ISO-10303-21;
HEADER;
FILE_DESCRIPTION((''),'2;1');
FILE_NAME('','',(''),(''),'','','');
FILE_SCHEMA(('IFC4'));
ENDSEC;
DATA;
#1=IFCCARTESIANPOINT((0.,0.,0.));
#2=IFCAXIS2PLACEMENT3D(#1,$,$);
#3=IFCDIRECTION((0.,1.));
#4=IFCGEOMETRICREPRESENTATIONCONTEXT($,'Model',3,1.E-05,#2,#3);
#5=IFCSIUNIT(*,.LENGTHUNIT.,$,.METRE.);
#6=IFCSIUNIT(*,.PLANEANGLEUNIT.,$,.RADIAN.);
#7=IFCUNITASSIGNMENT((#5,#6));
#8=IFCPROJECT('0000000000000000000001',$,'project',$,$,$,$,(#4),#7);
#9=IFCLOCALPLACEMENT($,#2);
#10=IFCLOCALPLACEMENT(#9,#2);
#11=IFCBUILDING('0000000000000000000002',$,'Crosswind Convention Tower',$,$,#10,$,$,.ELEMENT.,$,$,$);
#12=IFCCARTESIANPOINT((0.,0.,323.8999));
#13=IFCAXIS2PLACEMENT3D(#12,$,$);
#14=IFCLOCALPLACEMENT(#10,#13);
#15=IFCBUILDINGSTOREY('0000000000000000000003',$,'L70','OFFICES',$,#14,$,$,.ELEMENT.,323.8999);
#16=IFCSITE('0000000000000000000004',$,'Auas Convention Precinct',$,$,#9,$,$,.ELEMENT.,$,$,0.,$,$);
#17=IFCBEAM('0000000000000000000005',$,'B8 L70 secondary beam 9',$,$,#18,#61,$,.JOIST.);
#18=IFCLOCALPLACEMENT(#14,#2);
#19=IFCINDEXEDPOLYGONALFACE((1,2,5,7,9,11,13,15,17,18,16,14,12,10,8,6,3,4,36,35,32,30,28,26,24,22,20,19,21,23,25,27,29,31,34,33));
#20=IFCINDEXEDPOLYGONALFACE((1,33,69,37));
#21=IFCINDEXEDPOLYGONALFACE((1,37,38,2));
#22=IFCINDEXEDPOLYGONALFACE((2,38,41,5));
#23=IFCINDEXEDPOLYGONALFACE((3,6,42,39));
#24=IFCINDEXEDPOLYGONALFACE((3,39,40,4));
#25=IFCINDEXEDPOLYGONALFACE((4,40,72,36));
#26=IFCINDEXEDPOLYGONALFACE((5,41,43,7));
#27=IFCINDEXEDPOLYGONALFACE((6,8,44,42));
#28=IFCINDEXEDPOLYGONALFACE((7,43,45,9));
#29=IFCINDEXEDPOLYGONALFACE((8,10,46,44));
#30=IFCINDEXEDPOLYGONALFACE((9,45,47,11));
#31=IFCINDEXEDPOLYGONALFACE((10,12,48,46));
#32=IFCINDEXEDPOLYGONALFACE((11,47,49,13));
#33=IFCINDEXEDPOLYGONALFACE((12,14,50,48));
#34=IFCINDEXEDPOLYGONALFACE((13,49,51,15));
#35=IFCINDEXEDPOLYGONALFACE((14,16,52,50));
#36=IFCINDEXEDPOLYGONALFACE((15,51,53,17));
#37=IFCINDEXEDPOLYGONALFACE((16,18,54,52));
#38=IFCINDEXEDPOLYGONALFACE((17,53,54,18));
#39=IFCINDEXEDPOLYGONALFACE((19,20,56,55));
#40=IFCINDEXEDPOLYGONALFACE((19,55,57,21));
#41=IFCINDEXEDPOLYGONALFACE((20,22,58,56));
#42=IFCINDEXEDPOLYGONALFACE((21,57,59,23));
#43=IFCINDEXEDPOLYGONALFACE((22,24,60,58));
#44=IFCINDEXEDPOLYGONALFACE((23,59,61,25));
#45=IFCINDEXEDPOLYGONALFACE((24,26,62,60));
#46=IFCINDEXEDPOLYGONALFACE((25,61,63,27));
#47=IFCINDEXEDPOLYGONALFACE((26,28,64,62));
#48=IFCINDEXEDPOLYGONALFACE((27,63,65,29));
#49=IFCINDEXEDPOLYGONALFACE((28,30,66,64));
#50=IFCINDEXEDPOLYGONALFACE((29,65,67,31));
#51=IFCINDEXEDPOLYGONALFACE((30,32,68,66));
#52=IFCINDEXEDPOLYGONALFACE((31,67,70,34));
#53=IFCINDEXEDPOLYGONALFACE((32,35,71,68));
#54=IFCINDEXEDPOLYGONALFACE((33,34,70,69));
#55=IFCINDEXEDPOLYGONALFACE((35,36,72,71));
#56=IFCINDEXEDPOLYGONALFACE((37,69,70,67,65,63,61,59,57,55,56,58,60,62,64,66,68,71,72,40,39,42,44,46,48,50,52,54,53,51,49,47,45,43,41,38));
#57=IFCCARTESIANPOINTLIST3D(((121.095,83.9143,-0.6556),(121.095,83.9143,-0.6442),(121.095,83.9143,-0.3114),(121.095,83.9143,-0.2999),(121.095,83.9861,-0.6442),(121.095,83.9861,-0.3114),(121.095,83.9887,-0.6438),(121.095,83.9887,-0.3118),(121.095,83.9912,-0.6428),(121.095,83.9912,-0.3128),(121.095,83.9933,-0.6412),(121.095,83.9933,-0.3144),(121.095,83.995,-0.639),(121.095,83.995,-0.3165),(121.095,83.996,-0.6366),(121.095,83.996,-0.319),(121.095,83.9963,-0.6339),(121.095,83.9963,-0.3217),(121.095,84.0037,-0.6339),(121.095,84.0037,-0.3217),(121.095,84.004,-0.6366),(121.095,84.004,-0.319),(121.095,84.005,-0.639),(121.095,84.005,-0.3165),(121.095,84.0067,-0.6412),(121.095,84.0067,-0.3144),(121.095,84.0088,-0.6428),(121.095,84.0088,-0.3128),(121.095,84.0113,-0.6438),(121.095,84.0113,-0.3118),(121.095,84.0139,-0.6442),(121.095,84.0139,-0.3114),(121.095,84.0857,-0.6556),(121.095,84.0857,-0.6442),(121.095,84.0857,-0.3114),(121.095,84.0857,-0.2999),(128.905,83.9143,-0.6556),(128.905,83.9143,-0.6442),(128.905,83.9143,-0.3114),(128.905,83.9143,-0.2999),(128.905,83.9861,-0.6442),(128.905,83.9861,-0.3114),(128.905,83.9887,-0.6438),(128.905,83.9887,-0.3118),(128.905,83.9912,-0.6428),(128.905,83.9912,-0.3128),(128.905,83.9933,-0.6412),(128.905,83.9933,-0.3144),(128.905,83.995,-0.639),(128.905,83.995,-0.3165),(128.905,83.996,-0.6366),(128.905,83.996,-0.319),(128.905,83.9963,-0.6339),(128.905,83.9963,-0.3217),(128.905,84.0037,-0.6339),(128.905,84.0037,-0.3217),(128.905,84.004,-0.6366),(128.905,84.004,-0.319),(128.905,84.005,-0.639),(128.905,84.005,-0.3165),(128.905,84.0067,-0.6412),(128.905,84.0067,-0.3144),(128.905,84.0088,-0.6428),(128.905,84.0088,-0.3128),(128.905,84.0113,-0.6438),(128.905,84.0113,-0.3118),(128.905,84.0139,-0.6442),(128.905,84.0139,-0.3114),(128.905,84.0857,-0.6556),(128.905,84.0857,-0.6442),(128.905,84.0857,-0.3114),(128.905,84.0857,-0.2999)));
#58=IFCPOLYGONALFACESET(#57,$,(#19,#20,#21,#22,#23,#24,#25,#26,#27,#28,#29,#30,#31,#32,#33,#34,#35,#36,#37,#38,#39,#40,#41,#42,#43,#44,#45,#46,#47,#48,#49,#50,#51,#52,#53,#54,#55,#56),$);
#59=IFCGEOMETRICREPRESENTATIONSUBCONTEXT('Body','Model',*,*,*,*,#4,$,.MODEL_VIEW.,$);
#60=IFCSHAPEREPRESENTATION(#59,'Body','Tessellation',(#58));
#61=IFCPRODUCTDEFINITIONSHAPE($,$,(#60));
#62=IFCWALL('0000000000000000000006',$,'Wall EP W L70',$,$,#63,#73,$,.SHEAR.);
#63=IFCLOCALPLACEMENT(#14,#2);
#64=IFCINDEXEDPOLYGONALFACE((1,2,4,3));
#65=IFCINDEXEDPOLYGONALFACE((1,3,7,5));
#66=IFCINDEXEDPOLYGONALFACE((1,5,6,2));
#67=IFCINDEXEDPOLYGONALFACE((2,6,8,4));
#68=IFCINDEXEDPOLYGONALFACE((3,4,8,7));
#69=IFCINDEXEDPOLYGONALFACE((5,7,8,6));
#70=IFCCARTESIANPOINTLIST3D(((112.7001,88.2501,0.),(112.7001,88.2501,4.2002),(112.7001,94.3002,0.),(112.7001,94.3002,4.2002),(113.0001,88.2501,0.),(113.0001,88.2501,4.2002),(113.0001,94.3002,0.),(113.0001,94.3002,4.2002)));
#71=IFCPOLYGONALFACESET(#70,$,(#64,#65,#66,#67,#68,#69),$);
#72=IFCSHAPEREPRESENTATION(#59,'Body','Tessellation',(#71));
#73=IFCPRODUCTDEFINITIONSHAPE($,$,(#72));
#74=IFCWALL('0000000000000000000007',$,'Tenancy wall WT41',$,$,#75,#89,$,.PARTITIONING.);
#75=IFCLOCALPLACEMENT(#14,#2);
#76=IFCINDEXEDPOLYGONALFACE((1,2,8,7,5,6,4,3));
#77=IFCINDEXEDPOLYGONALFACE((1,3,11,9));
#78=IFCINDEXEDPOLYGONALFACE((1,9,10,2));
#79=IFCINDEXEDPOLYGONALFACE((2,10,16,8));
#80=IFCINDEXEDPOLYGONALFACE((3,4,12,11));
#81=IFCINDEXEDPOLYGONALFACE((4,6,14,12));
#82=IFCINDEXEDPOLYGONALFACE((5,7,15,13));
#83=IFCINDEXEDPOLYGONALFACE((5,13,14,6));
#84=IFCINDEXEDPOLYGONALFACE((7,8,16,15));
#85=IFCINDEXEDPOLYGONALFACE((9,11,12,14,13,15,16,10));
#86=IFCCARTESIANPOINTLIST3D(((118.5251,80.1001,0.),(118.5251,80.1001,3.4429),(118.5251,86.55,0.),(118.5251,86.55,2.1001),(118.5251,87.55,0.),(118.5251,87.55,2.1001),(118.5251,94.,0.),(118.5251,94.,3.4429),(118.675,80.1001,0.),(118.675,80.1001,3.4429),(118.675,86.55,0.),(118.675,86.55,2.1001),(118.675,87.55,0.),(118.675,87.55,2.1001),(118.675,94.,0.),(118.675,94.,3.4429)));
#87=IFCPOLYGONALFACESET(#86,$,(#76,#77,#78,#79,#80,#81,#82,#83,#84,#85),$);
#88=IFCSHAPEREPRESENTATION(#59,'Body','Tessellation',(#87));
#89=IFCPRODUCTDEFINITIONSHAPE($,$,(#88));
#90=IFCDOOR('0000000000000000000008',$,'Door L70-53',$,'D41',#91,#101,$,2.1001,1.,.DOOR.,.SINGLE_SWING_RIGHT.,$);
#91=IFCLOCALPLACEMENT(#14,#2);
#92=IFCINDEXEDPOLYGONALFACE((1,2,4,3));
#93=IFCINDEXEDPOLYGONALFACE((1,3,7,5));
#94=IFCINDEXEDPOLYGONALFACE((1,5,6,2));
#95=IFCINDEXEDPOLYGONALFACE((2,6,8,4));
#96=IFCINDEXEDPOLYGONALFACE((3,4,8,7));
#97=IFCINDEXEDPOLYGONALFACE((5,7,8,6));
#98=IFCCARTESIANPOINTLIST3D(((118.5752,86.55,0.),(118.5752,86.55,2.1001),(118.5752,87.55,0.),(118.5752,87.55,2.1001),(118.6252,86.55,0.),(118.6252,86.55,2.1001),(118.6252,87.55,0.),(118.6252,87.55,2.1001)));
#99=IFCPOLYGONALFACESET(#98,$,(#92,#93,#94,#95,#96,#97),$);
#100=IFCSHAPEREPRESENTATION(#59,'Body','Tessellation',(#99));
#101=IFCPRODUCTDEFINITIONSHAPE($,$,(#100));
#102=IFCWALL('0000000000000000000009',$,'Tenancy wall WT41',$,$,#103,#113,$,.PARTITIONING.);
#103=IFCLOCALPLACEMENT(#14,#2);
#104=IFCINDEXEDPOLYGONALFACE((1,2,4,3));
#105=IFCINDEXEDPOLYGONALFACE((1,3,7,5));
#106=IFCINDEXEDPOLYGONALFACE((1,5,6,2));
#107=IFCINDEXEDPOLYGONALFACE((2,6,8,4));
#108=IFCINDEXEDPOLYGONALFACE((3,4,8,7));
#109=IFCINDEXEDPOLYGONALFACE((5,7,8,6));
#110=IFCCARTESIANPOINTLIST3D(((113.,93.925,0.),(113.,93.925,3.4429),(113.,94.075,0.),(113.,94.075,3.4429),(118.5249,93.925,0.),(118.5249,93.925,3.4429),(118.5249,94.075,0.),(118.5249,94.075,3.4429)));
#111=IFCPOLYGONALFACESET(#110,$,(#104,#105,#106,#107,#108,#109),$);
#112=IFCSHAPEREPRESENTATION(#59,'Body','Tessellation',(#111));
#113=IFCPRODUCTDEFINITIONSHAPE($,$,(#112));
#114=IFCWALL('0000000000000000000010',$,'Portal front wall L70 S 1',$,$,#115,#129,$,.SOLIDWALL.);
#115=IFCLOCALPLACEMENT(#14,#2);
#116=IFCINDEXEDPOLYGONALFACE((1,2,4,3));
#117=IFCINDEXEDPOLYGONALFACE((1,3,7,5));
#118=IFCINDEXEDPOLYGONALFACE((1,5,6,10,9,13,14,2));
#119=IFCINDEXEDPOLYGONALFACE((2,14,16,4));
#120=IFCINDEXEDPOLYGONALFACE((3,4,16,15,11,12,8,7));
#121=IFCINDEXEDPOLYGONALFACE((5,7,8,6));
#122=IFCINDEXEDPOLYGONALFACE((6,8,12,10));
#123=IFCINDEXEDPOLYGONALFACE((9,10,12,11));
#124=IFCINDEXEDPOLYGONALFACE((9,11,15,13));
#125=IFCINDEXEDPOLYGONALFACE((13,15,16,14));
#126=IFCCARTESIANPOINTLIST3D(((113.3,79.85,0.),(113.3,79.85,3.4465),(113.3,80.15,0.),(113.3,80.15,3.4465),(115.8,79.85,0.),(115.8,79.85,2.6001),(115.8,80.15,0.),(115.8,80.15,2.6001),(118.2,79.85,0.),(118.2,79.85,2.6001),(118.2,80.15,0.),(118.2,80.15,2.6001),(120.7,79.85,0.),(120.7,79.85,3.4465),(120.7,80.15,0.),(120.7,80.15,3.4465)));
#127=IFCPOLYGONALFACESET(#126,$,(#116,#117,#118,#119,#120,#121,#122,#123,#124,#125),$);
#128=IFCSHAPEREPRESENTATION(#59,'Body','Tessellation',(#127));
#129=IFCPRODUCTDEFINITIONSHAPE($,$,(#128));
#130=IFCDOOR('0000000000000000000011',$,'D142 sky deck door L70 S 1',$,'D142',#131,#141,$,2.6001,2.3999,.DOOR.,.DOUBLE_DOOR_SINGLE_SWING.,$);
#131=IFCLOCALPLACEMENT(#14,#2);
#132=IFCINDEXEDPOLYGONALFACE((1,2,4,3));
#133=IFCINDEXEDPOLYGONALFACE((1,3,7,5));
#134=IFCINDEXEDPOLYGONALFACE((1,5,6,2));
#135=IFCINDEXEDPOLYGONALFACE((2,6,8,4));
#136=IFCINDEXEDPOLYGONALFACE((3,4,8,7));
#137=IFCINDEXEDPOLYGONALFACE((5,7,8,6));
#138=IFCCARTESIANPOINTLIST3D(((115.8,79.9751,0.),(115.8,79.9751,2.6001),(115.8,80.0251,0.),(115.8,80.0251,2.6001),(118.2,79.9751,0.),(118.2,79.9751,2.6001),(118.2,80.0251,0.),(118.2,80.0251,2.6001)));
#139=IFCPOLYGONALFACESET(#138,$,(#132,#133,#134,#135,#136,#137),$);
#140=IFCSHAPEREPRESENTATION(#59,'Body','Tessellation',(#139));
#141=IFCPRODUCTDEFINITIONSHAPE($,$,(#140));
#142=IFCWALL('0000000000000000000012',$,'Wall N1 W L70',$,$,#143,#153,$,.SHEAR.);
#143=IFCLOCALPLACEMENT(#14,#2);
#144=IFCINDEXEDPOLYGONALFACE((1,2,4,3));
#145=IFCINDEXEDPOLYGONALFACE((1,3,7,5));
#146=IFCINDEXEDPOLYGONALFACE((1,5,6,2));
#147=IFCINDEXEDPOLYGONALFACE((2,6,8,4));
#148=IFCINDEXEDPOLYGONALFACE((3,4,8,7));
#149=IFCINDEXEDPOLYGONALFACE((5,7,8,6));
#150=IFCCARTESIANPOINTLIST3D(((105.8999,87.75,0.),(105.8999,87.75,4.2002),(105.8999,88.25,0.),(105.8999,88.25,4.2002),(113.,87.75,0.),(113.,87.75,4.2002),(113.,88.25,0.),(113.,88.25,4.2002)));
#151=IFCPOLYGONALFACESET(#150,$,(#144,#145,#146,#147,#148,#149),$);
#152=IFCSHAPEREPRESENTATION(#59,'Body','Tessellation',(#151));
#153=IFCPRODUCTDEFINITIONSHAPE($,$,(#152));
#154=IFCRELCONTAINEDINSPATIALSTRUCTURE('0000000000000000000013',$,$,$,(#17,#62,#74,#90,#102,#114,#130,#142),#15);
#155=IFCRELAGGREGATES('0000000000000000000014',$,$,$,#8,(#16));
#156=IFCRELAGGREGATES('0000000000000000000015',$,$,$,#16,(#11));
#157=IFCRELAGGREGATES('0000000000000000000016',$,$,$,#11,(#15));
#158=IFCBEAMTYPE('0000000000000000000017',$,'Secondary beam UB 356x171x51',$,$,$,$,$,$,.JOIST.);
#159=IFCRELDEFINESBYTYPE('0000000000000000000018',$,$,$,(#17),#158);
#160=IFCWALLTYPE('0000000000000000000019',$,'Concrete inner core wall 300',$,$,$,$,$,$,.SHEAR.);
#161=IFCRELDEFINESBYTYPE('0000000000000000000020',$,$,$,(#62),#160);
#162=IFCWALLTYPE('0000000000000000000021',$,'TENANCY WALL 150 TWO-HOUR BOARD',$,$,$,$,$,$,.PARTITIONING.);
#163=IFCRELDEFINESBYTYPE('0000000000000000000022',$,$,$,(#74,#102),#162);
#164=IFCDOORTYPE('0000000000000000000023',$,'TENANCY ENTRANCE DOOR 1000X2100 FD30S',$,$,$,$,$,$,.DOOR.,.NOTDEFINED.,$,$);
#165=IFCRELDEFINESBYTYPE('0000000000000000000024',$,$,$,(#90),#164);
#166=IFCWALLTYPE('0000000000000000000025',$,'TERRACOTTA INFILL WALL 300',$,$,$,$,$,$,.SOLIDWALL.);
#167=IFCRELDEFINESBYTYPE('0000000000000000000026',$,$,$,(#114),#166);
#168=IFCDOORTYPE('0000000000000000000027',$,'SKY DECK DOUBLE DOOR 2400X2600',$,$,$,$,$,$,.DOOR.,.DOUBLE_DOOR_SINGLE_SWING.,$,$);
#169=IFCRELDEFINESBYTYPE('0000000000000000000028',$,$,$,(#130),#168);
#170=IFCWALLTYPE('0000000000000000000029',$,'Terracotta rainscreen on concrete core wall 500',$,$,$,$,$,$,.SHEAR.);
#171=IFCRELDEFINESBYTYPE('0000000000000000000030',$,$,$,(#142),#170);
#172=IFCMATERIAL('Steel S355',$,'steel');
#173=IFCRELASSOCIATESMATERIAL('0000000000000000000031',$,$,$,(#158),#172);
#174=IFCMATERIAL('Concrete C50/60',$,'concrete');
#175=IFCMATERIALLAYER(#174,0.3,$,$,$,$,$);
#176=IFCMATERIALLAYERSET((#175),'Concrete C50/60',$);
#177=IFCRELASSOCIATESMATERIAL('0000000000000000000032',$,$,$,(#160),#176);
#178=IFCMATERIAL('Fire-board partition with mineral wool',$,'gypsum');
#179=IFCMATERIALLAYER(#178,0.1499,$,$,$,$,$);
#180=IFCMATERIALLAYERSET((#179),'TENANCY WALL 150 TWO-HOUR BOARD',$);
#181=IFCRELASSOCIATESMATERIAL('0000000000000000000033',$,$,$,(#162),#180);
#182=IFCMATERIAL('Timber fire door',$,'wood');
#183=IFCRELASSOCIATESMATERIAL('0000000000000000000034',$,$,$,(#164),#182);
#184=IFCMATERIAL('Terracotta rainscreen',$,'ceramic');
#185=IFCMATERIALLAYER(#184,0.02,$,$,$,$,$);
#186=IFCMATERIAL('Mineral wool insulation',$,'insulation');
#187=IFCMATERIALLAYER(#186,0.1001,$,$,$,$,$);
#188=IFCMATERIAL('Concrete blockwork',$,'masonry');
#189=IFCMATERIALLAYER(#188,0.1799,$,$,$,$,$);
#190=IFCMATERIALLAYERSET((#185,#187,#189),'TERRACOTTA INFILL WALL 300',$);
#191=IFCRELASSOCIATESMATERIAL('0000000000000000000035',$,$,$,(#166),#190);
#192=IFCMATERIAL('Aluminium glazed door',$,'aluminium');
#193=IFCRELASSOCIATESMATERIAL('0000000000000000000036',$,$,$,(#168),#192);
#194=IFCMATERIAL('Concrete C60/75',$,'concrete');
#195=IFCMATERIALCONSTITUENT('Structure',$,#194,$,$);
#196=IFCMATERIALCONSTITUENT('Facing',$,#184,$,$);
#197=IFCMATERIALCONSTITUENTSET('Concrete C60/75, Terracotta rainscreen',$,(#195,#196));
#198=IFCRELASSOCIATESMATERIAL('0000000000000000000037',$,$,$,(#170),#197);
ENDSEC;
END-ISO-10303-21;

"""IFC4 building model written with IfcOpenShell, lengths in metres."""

from ifc_helpers import new_model, si_unit, direction, frame, frame_2d, origin, origin_2d, place, context, subcontext, project, spatial, rectangle, i_section, extrude, material, layer, layer_set, constituent, constituent_set, material_profile, profile_set, type_object, element, fill, save


model = new_model("IFC4")

# Units and contexts
model_context = context("Model", 3, precision=1e-05, world=origin(), true_north=direction((0.0, 1.0)))
body_context = subcontext(model_context, "Body", "Model", "MODEL_VIEW")
ifc_project = project(units=[si_unit("LENGTHUNIT", "METRE"), si_unit("PLANEANGLEUNIT", "RADIAN")], contexts=[model_context])

# Site, building, storey
site_placement = place(None, origin())
site = spatial("IfcSite", under=ifc_project, at=site_placement, Name="Auas Convention Precinct", CompositionType="ELEMENT", RefElevation=0.0)
building_placement = place(site_placement, origin())
building = spatial("IfcBuilding", under=site, at=building_placement, Name="Crosswind Convention Tower", CompositionType="ELEMENT")
storey_placement = place(building_placement, frame((0.0, 0.0, 323.8999)))
storey = spatial("IfcBuildingStorey", under=building, at=storey_placement, Name="L70", Description="OFFICES", CompositionType="ELEMENT", Elevation=323.8999)

# Shared definitions
ifc_material_1 = material(Name="Concrete C60/75", Category="concrete")

# Beam
ifc_material_2 = material(Name="Steel S355", Category="steel")
ifc_material_profile_1 = material_profile(ifc_material_2, i_section(OverallWidth=0.1714, OverallDepth=0.3557, WebThickness=0.0073, FlangeThickness=0.0115, FilletRadius=0.0103, at=origin_2d()), Name="UB 356x171x51")
ifc_profile_set_1 = profile_set([ifc_material_profile_1], Name="Steel S355")
beam_type_1 = type_object("IfcBeamType", Name="Secondary beam UB 356x171x51", PredefinedType="JOIST", material=ifc_profile_set_1)
for number, where, z_axis, x_axis, name in (
    (1, (121.095, 84.0, -0.4778), (1.0, 0.0, 0.0), (0.0, 1.0, 0.0), "B8 L70 secondary beam 9"),
):
    element("IfcBeam", number, at=place(storey_placement, frame(where, z_axis=z_axis, x_axis=x_axis)), inside=storey, type_object=beam_type_1, Name=name, PredefinedType="JOIST", context=body_context, shape_type="SweptSolid", body=[
        extrude(i_section(OverallWidth=0.1714, OverallDepth=0.3557, WebThickness=0.0073, FlangeThickness=0.0115, FilletRadius=0.0103, at=origin_2d()), origin(), (0.0, 0.0, 1.0), 7.8101),
    ])

# Wall
ifc_material_3 = material(Name="Concrete C50/60", Category="concrete")
ifc_layer_1 = layer(ifc_material_3, 0.3)
ifc_layer_set_1 = layer_set([ifc_layer_1], Name="Concrete C50/60")
wall_type_1 = type_object("IfcWallType", Name="Concrete inner core wall 300", PredefinedType="SHEAR", material=ifc_layer_set_1)
wall_1_placement = place(storey_placement, frame((112.8501, 94.3, 0.0), z_axis=(0.0, 0.0, 1.0), x_axis=(0.0, -1.0, 0.0)))
element("IfcWall", 2, at=wall_1_placement, inside=storey, type_object=wall_type_1, Name="Wall EP W L70", PredefinedType="SHEAR", context=body_context, shape_type="SweptSolid", body=[
    extrude(rectangle(XDim=6.05, YDim=0.3, at=frame_2d((3.0249, 0.0))), origin(), (0.0, 0.0, 1.0), 4.2002),
])

# Wall, opening, door
ifc_material_4 = material(Name="Fire-board partition with mineral wool", Category="gypsum")
ifc_layer_2 = layer(ifc_material_4, 0.1499)
ifc_layer_set_2 = layer_set([ifc_layer_2], Name="TENANCY WALL 150 TWO-HOUR BOARD")
wall_type_2 = type_object("IfcWallType", Name="TENANCY WALL 150 TWO-HOUR BOARD", PredefinedType="PARTITIONING", material=ifc_layer_set_2)
wall_2_placement = place(storey_placement, frame((118.6001, 80.1001, 0.0), z_axis=(0.0, 0.0, 1.0), x_axis=(0.0, 1.0, 0.0)))
wall_2 = element("IfcWall", 3, at=wall_2_placement, inside=storey, type_object=wall_type_2, Name="Tenancy wall WT41", PredefinedType="PARTITIONING", context=body_context, shape_type="SweptSolid", body=[
    extrude(rectangle(XDim=13.8999, YDim=0.1499, at=frame_2d((6.95, 0.0))), origin(), (0.0, 0.0, 1.0), 3.4429),
])
opening_1_placement = place(wall_2_placement, frame((6.45, 0.0, 0.0)))
opening_1 = element("IfcOpeningElement", 4, at=opening_1_placement, cuts=wall_2, PredefinedType="OPENING", context=body_context, shape_type="SweptSolid", body=[
    extrude(rectangle(XDim=1.0, YDim=2.1001, at=frame_2d((0.5, 1.05))), frame((0.0, 0.085, 0.0), z_axis=(0.0, -1.0, 0.0), x_axis=(1.0, 0.0, 0.0)), (0.0, 0.0, 1.0), 0.1699),
])
ifc_material_5 = material(Name="Timber fire door", Category="wood")
door_type_1 = type_object("IfcDoorType", Name="TENANCY ENTRANCE DOOR 1000X2100 FD30S", OperationType="NOTDEFINED", PredefinedType="DOOR", material=ifc_material_5)
door_1_placement = place(opening_1_placement, origin())
door_1 = element("IfcDoor", 5, at=door_1_placement, inside=storey, type_object=door_type_1, Name="Door L70-53", ObjectType="D41", OperationType="SINGLE_SWING_RIGHT", OverallHeight=2.1001, OverallWidth=1.0, PredefinedType="DOOR", context=body_context, shape_type="SweptSolid", body=[
    extrude(rectangle(XDim=1.0, YDim=2.1001, at=frame_2d((0.5, 1.05))), frame((0.0, 0.0249, 0.0), z_axis=(0.0, -1.0, 0.0), x_axis=(1.0, 0.0, 0.0)), (0.0, 0.0, 1.0), 0.05),
])
fill(opening_1, door_1)

# Wall
wall_3_placement = place(storey_placement, frame((113.0, 94.0, 0.0), z_axis=(0.0, 0.0, 1.0), x_axis=(1.0, 0.0, 0.0)))
element("IfcWall", 6, at=wall_3_placement, inside=storey, type_object=wall_type_2, Name="Tenancy wall WT41", PredefinedType="PARTITIONING", context=body_context, shape_type="SweptSolid", body=[
    extrude(rectangle(XDim=5.5249, YDim=0.1499, at=frame_2d((2.7625, 0.0))), origin(), (0.0, 0.0, 1.0), 3.4429),
])

# Wall, opening, door
ifc_material_6 = material(Name="Terracotta rainscreen", Category="ceramic")
ifc_layer_3 = layer(ifc_material_6, 0.02)
ifc_material_7 = material(Name="Mineral wool insulation", Category="insulation")
ifc_layer_4 = layer(ifc_material_7, 0.1001)
ifc_material_8 = material(Name="Concrete blockwork", Category="masonry")
ifc_layer_5 = layer(ifc_material_8, 0.1799)
ifc_layer_set_3 = layer_set([ifc_layer_3, ifc_layer_4, ifc_layer_5], Name="TERRACOTTA INFILL WALL 300")
wall_type_3 = type_object("IfcWallType", Name="TERRACOTTA INFILL WALL 300", PredefinedType="SOLIDWALL", material=ifc_layer_set_3)
wall_4_placement = place(storey_placement, frame((113.3, 80.0, 0.0), z_axis=(0.0, 0.0, 1.0), x_axis=(1.0, 0.0, 0.0)))
wall_4 = element("IfcWall", 7, at=wall_4_placement, inside=storey, type_object=wall_type_3, Name="Portal front wall L70 S 1", PredefinedType="SOLIDWALL", context=body_context, shape_type="SweptSolid", body=[
    extrude(rectangle(XDim=7.3999, YDim=0.3, at=frame_2d((3.7, 0.0))), origin(), (0.0, 0.0, 1.0), 3.4465),
])
opening_2_placement = place(wall_4_placement, frame((2.5, 0.0, 0.0)))
opening_2 = element("IfcOpeningElement", 8, at=opening_2_placement, cuts=wall_4, PredefinedType="OPENING", context=body_context, shape_type="SweptSolid", body=[
    extrude(rectangle(XDim=2.3999, YDim=2.6001, at=frame_2d((1.2, 1.3))), frame((0.0, 0.1599, 0.0), z_axis=(0.0, -1.0, 0.0), x_axis=(1.0, 0.0, 0.0)), (0.0, 0.0, 1.0), 0.3201),
])
ifc_material_9 = material(Name="Aluminium glazed door", Category="aluminium")
door_type_2 = type_object("IfcDoorType", Name="SKY DECK DOUBLE DOOR 2400X2600", OperationType="DOUBLE_DOOR_SINGLE_SWING", PredefinedType="DOOR", material=ifc_material_9)
door_2_placement = place(opening_2_placement, frame((2.3999, 0.0, 0.0), z_axis=(0.0, 0.0, 1.0), x_axis=(-1.0, 0.0, 0.0)))
door_2 = element("IfcDoor", 9, at=door_2_placement, inside=storey, type_object=door_type_2, Name="D142 sky deck door L70 S 1", ObjectType="D142", OperationType="DOUBLE_DOOR_SINGLE_SWING", OverallHeight=2.6001, OverallWidth=2.3999, PredefinedType="DOOR", context=body_context, shape_type="SweptSolid", body=[
    extrude(rectangle(XDim=2.3999, YDim=2.6001, at=frame_2d((1.2, 1.3))), frame((0.0, 0.0249, 0.0), z_axis=(0.0, -1.0, 0.0), x_axis=(1.0, 0.0, 0.0)), (0.0, 0.0, 1.0), 0.05),
])
fill(opening_2, door_2)

# Wall
ifc_constituent_1 = constituent(ifc_material_1, Name="Structure")
ifc_constituent_2 = constituent(ifc_material_6, Name="Facing")
ifc_constituent_set = constituent_set(constituents=[ifc_constituent_1, ifc_constituent_2], Name="Concrete C60/75, Terracotta rainscreen")
wall_type_4 = type_object("IfcWallType", Name="Terracotta rainscreen on concrete core wall 500", PredefinedType="SHEAR", material=ifc_constituent_set)
wall_5_placement = place(storey_placement, frame((113.0, 88.0, 0.0), z_axis=(0.0, 0.0, 1.0), x_axis=(-1.0, 0.0, 0.0)))
element("IfcWall", 10, at=wall_5_placement, inside=storey, type_object=wall_type_4, Name="Wall N1 W L70", PredefinedType="SHEAR", context=body_context, shape_type="SweptSolid", body=[
    extrude(rectangle(XDim=7.1001, YDim=0.5, at=frame_2d((3.55, 0.0))), origin(), (0.0, 0.0, 1.0), 4.2002),
])

save(model, "model.ifc")
